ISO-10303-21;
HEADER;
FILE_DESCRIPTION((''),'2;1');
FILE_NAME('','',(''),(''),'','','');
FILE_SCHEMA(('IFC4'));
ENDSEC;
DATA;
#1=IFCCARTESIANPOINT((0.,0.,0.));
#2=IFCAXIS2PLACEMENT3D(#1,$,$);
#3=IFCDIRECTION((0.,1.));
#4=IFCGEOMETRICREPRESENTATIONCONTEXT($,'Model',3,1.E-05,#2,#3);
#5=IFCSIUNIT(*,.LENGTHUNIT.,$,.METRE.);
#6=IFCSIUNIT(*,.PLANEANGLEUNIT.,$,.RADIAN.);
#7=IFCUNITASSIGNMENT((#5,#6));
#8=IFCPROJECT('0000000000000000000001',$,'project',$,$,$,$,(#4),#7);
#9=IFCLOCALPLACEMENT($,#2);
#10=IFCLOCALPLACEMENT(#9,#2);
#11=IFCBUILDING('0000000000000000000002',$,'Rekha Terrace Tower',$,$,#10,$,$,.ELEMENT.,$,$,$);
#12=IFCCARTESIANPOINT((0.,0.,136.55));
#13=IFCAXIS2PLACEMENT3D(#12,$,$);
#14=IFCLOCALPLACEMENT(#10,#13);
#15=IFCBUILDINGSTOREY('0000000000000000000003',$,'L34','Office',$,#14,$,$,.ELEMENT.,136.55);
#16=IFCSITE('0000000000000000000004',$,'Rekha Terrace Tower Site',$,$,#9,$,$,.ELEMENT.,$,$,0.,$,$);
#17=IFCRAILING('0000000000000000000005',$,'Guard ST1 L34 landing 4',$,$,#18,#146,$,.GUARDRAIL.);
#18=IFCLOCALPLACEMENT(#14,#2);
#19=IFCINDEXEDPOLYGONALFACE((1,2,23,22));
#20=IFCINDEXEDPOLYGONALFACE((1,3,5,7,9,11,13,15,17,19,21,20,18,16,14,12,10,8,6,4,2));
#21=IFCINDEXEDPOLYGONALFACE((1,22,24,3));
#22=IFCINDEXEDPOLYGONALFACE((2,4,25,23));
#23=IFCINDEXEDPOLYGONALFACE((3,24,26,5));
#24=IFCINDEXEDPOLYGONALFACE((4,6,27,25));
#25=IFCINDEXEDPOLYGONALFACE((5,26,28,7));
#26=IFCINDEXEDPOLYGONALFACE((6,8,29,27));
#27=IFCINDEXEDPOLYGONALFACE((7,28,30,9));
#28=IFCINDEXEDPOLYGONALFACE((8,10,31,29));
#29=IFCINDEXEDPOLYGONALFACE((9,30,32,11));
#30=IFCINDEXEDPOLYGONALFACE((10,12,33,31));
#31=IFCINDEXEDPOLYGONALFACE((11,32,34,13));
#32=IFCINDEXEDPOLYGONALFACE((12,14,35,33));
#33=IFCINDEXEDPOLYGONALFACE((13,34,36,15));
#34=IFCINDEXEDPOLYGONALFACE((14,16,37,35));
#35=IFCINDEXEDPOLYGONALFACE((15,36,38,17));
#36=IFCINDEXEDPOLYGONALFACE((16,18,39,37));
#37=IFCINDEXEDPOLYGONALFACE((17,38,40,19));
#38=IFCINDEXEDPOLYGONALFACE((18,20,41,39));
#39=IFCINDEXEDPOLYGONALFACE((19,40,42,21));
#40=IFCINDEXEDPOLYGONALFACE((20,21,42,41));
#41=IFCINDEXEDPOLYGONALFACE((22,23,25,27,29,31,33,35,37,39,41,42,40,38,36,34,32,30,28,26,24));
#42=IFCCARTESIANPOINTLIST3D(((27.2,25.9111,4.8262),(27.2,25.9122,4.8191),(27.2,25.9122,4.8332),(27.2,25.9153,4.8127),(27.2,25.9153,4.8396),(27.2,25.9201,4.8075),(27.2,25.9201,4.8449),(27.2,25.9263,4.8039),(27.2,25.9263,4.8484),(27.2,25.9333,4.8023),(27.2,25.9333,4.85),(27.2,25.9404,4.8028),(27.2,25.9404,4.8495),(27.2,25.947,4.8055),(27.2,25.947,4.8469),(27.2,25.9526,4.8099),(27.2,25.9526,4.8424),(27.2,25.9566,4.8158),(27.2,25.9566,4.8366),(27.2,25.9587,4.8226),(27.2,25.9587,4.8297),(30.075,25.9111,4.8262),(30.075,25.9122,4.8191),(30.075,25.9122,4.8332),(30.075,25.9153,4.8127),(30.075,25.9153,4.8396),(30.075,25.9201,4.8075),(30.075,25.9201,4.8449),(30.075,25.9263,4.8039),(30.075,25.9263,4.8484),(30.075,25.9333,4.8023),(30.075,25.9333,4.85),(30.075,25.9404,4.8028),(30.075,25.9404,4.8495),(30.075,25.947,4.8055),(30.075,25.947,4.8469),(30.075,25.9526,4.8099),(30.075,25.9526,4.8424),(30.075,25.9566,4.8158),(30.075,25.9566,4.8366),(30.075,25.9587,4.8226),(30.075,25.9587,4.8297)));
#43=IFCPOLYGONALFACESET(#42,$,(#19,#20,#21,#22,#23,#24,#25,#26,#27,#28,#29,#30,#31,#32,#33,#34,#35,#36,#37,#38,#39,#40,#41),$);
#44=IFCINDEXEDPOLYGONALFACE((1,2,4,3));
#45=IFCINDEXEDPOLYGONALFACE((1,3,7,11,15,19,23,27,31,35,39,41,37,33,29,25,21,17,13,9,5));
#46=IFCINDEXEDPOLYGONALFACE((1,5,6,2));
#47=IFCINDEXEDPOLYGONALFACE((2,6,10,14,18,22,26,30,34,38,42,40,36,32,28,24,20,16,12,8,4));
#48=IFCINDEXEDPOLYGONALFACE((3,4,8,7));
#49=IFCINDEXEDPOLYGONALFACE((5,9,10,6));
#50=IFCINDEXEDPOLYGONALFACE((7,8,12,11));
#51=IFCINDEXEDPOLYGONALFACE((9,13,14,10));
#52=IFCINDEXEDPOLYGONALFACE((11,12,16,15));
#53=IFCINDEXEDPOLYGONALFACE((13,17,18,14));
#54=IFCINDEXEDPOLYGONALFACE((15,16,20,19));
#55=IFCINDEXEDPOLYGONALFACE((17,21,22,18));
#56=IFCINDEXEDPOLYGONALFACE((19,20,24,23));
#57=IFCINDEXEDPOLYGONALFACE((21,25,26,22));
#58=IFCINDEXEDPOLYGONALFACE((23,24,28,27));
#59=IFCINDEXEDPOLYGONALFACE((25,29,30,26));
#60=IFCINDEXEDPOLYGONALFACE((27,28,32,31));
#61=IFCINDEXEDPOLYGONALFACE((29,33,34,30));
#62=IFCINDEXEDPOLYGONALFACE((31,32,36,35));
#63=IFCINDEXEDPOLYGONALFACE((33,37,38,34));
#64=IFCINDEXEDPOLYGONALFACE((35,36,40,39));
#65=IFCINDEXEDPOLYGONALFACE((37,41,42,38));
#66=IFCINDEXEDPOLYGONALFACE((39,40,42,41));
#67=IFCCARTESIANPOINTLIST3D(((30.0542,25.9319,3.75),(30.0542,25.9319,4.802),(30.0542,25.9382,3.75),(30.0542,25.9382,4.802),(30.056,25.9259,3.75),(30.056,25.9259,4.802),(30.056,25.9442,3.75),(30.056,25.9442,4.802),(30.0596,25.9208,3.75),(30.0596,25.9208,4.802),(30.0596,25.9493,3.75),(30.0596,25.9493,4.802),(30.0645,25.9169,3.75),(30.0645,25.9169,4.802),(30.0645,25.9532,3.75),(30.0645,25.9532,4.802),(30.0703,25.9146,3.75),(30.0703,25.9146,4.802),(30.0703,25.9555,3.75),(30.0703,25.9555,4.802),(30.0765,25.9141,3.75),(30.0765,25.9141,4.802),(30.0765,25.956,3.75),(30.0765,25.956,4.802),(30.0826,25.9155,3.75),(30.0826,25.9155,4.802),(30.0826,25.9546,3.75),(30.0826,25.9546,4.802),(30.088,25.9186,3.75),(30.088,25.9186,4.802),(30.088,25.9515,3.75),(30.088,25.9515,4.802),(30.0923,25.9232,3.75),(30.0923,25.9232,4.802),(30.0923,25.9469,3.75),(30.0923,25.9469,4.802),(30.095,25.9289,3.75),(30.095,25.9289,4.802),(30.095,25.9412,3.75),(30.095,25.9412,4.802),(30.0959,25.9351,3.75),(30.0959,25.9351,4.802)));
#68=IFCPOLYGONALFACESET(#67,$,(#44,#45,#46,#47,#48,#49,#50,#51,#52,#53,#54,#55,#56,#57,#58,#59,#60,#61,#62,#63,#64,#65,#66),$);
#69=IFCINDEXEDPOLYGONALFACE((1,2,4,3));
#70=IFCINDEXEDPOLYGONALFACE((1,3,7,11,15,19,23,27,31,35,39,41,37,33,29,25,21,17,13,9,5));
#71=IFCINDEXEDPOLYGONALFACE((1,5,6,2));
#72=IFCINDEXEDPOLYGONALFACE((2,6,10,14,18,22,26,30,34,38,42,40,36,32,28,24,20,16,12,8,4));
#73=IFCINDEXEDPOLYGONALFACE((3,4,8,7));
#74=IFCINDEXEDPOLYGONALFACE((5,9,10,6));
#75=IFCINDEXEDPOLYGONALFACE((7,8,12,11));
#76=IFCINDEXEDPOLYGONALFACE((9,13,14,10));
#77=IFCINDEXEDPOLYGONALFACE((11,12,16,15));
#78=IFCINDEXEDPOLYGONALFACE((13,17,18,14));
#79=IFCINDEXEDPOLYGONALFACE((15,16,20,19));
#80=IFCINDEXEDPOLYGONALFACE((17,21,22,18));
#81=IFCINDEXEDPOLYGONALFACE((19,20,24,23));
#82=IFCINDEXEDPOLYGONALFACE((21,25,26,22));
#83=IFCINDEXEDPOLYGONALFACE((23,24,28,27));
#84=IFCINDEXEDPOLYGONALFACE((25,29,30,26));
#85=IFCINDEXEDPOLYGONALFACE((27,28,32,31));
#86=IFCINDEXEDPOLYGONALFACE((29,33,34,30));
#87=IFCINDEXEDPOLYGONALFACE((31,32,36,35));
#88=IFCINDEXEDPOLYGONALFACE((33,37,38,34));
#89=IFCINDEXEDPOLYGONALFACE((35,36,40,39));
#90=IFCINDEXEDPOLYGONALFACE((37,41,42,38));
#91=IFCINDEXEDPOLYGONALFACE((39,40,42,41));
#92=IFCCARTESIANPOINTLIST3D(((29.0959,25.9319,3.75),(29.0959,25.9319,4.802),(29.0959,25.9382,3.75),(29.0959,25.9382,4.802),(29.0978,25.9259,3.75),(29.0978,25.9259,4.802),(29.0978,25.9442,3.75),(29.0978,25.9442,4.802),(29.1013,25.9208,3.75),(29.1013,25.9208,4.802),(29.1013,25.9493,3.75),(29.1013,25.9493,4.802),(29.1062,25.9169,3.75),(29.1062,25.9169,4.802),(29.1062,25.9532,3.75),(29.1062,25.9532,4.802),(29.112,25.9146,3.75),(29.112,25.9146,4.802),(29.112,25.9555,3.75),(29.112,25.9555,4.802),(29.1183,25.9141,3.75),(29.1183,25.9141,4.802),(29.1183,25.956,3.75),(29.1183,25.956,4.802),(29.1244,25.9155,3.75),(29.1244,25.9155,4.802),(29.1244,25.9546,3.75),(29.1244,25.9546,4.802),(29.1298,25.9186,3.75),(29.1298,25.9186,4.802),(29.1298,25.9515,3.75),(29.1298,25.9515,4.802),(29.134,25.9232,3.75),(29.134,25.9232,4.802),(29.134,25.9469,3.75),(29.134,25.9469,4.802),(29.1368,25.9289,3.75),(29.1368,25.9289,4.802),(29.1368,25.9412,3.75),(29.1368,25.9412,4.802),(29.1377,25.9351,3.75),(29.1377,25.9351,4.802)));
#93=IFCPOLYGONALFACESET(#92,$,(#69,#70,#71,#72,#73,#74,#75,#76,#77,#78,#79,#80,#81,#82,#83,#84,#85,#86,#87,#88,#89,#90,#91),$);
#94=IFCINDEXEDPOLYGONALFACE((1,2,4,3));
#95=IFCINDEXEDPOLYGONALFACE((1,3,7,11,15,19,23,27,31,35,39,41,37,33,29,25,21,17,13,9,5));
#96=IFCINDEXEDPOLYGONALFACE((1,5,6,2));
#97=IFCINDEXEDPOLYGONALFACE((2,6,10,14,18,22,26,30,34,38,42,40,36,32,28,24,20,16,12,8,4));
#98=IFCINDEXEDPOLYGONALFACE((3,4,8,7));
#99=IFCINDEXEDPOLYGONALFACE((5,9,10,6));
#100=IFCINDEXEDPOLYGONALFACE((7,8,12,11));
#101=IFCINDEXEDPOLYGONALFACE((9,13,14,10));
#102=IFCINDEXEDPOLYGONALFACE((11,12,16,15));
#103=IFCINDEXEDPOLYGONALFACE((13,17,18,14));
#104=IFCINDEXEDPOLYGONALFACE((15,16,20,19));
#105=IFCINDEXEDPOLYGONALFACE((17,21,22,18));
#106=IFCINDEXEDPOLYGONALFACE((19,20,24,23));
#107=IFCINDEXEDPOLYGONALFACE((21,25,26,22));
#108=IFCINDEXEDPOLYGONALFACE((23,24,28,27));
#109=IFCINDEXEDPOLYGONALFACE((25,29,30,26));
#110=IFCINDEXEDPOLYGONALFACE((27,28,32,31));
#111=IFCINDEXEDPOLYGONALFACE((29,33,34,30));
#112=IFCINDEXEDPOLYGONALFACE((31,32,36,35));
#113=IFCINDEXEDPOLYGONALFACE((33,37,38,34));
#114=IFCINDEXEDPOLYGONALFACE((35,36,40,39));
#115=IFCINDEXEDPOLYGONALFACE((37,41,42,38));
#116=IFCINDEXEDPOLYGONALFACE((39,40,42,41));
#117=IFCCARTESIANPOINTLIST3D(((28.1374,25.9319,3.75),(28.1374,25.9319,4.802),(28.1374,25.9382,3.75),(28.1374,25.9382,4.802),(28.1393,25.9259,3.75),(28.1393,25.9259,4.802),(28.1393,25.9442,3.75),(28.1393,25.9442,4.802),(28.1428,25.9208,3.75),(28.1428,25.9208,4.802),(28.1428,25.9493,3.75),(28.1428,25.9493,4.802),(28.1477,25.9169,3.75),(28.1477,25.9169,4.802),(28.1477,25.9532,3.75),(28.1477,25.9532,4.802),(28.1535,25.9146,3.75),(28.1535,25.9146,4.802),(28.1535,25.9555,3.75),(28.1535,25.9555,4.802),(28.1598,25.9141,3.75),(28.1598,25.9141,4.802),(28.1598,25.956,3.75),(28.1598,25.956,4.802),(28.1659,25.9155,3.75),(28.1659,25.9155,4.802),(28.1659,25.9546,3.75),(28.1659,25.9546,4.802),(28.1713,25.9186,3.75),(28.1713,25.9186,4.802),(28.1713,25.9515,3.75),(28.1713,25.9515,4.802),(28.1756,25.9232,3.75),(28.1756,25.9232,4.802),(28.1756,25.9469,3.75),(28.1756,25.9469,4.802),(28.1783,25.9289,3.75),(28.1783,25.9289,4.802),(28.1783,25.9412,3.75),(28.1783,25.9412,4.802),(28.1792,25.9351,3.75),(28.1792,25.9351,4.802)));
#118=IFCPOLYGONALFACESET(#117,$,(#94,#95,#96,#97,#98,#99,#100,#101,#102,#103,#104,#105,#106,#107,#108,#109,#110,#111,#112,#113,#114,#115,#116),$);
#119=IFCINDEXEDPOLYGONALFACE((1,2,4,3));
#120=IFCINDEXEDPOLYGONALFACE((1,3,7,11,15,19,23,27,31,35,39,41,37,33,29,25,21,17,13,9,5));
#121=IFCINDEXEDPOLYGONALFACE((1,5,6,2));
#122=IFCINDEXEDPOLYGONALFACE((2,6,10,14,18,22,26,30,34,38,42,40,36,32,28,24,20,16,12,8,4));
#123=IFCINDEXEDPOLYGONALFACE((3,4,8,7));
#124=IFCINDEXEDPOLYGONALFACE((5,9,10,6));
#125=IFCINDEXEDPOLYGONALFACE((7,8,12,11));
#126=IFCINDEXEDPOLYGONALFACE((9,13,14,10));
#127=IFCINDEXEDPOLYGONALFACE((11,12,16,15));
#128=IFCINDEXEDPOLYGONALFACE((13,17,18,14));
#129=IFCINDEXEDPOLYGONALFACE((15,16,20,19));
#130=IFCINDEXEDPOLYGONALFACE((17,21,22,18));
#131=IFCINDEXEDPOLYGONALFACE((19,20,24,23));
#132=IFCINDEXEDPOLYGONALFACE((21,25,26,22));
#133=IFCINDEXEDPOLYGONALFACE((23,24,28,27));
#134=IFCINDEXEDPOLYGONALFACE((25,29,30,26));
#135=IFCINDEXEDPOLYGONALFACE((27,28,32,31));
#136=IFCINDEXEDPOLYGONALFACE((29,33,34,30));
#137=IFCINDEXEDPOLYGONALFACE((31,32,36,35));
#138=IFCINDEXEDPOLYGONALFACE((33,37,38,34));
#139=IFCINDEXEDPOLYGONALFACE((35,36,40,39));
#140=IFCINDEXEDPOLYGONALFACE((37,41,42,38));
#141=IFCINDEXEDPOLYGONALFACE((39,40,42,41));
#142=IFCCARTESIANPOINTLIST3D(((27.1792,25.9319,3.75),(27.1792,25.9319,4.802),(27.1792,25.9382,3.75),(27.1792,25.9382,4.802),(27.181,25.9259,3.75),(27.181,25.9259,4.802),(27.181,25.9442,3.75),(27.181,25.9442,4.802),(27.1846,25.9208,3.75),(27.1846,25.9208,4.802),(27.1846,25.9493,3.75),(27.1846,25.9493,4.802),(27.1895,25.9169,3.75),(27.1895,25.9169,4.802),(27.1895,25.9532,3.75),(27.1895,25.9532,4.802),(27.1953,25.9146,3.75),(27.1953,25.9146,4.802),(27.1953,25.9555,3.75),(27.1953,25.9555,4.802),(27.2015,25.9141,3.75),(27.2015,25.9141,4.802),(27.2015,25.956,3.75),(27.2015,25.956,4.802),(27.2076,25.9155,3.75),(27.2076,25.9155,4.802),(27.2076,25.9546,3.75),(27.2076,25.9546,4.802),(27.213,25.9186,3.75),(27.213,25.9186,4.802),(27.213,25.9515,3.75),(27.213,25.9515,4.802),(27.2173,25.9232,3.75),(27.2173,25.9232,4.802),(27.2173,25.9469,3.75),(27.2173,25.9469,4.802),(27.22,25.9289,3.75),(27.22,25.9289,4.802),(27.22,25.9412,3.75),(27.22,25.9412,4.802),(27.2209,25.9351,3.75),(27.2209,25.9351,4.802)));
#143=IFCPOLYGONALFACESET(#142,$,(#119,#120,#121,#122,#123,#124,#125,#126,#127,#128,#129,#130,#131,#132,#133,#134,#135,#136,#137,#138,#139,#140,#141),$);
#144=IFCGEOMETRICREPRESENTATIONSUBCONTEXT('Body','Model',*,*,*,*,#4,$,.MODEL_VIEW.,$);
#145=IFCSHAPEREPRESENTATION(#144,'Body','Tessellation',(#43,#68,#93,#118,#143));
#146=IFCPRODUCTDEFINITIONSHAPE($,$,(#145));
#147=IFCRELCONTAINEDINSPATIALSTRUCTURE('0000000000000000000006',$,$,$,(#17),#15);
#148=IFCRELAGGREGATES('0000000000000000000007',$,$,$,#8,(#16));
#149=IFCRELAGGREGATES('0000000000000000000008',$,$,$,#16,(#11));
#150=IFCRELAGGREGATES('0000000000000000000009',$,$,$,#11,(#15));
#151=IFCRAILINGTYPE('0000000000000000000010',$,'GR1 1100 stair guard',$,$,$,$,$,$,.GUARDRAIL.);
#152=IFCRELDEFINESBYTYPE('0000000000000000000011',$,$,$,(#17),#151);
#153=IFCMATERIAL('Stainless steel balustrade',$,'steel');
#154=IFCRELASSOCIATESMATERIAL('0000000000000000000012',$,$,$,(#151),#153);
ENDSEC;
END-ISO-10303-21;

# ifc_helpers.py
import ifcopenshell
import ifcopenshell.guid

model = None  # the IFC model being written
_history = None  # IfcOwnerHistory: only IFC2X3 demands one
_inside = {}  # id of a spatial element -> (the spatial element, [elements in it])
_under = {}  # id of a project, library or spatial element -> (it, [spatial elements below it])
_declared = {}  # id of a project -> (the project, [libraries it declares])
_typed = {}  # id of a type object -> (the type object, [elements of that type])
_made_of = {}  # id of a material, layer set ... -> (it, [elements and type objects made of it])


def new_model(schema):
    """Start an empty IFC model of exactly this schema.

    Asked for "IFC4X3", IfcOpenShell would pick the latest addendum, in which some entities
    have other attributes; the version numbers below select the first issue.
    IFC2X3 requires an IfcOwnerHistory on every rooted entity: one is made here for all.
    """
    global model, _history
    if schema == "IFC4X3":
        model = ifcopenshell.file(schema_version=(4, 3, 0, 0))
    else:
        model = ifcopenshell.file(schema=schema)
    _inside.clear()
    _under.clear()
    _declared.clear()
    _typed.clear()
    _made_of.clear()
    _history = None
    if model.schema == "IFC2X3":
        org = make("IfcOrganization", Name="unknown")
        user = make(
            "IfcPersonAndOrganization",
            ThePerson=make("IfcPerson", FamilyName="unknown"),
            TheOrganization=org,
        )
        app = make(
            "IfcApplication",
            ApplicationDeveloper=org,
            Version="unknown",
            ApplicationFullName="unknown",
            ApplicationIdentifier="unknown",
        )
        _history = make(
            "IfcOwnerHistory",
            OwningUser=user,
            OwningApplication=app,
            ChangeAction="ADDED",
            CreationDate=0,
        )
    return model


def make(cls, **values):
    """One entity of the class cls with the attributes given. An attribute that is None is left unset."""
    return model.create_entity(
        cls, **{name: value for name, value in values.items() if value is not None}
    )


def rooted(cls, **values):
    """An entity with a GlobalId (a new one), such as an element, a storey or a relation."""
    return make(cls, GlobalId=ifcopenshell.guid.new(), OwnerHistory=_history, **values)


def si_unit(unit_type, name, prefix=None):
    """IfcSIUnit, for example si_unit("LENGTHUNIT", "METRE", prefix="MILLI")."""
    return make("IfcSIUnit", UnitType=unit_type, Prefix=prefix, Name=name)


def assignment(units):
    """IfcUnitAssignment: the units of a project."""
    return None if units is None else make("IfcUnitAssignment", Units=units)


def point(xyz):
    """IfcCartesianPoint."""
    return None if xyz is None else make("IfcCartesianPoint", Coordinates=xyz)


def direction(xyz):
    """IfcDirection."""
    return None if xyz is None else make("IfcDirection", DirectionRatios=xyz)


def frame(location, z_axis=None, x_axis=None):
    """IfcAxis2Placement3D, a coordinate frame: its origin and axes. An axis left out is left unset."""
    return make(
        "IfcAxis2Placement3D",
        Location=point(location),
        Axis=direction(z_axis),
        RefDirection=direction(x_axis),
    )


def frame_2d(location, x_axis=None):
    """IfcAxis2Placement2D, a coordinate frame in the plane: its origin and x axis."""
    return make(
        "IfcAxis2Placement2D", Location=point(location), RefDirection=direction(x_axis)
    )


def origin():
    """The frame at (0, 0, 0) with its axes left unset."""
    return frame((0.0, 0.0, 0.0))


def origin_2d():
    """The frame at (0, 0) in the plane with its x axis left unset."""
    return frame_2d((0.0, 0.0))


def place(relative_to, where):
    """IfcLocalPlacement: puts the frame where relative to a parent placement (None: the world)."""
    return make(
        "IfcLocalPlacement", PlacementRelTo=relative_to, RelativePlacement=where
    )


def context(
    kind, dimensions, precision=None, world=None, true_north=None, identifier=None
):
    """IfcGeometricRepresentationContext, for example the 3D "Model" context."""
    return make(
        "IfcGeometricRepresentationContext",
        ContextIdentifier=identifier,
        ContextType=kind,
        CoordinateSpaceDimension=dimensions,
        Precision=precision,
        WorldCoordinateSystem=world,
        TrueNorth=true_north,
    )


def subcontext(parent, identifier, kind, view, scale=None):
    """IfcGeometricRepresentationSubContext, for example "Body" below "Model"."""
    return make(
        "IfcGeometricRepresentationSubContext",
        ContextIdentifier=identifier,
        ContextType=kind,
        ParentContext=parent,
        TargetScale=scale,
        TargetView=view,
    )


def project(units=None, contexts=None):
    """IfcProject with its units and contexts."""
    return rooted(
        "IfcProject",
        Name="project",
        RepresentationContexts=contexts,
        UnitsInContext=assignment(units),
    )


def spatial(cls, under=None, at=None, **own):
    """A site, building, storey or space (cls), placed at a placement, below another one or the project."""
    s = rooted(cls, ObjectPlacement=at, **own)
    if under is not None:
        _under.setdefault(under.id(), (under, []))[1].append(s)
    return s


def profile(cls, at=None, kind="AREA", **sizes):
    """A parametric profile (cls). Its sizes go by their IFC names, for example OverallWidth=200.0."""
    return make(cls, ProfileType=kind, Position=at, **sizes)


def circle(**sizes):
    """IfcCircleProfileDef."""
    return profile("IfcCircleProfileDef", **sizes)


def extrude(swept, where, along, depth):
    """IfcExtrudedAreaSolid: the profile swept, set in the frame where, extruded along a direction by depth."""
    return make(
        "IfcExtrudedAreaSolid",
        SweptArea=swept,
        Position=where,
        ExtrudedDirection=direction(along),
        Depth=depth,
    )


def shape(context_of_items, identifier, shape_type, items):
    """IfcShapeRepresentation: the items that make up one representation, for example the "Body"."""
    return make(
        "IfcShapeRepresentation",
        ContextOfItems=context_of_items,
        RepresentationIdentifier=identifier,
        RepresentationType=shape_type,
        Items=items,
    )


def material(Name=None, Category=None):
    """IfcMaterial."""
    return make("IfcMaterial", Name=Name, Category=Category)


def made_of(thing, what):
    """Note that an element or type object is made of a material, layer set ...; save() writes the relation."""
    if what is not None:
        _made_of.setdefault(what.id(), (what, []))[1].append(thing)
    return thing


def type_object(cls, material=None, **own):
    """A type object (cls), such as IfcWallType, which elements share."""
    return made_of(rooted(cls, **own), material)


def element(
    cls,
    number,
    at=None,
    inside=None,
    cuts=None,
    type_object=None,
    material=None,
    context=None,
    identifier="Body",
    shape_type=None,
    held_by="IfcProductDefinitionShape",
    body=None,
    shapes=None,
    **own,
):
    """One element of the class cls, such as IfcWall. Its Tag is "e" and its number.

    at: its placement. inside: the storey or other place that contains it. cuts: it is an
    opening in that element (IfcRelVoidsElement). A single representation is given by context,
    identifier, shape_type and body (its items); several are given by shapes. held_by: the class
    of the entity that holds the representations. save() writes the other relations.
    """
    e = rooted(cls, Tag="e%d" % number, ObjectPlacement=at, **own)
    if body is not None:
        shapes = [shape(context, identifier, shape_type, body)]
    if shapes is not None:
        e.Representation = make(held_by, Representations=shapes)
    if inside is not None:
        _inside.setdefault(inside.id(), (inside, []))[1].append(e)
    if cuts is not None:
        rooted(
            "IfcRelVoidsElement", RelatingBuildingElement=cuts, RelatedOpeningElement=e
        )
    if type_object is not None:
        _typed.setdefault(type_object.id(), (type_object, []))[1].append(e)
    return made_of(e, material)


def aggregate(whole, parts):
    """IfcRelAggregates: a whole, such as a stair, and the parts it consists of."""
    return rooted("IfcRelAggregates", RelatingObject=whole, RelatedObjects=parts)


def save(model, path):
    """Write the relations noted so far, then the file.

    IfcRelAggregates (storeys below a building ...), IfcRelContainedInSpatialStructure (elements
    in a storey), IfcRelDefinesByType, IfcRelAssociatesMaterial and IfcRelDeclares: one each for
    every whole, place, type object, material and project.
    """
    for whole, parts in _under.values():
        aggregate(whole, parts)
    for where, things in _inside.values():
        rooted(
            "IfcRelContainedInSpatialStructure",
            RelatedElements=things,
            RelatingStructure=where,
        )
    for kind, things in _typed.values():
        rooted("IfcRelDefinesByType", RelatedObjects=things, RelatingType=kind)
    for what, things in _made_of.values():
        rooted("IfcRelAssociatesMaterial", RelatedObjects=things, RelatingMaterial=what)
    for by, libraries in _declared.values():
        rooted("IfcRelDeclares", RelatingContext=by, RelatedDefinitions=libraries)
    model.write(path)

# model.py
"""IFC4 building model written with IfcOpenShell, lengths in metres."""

from ifc_helpers import new_model, si_unit, direction, frame, origin, origin_2d, place, context, subcontext, project, spatial, circle, extrude, material, type_object, element, save


model = new_model("IFC4")

# Units and contexts
model_context = context("Model", 3, precision=1e-05, world=origin(), true_north=direction((0.0, 1.0)))
body_context = subcontext(model_context, "Body", "Model", "MODEL_VIEW")
ifc_project = project(units=[si_unit("LENGTHUNIT", "METRE"), si_unit("PLANEANGLEUNIT", "RADIAN")], contexts=[model_context])

# Site, building, storey
site_placement = place(None, origin())
site = spatial("IfcSite", under=ifc_project, at=site_placement, Name="Rekha Terrace Tower Site", CompositionType="ELEMENT", RefElevation=0.0)
building_placement = place(site_placement, origin())
building = spatial("IfcBuilding", under=site, at=building_placement, Name="Rekha Terrace Tower", CompositionType="ELEMENT")
storey_placement = place(building_placement, frame((0.0, 0.0, 136.55)))
storey = spatial("IfcBuildingStorey", under=building, at=storey_placement, Name="L34", Description="Office", CompositionType="ELEMENT", Elevation=136.55)

# Railing
ifc_material_1 = material(Name="Stainless steel balustrade", Category="steel")
railing_type_1 = type_object("IfcRailingType", Name="GR1 1100 stair guard", PredefinedType="GUARDRAIL", material=ifc_material_1)
railing_1_placement = place(storey_placement, frame((30.075, 25.9351, 3.75)))
element("IfcRailing", 1, at=railing_1_placement, inside=storey, type_object=railing_type_1, Name="Guard ST1 L34 landing 4", PredefinedType="GUARDRAIL", context=body_context, shape_type="SweptSolid", body=[
    extrude(circle(Radius=0.0239, at=origin_2d()), frame((0.0, 0.0, 1.0762), z_axis=(-1.0, 0.0, 0.0), x_axis=(0.0, -1.0, 0.0)), (0.0, 0.0, 1.0), 2.875),
    extrude(circle(Radius=0.021, at=origin_2d()), origin(), (0.0, 0.0, 1.0), 1.052),
    extrude(circle(Radius=0.021, at=origin_2d()), frame((-0.9583, 0.0, 0.0)), (0.0, 0.0, 1.0), 1.052),
    extrude(circle(Radius=0.021, at=origin_2d()), frame((-1.9167, 0.0, 0.0)), (0.0, 0.0, 1.0), 1.052),
    extrude(circle(Radius=0.021, at=origin_2d()), frame((-2.875, 0.0, 0.0)), (0.0, 0.0, 1.0), 1.052),
])

save(model, "model.ifc")
